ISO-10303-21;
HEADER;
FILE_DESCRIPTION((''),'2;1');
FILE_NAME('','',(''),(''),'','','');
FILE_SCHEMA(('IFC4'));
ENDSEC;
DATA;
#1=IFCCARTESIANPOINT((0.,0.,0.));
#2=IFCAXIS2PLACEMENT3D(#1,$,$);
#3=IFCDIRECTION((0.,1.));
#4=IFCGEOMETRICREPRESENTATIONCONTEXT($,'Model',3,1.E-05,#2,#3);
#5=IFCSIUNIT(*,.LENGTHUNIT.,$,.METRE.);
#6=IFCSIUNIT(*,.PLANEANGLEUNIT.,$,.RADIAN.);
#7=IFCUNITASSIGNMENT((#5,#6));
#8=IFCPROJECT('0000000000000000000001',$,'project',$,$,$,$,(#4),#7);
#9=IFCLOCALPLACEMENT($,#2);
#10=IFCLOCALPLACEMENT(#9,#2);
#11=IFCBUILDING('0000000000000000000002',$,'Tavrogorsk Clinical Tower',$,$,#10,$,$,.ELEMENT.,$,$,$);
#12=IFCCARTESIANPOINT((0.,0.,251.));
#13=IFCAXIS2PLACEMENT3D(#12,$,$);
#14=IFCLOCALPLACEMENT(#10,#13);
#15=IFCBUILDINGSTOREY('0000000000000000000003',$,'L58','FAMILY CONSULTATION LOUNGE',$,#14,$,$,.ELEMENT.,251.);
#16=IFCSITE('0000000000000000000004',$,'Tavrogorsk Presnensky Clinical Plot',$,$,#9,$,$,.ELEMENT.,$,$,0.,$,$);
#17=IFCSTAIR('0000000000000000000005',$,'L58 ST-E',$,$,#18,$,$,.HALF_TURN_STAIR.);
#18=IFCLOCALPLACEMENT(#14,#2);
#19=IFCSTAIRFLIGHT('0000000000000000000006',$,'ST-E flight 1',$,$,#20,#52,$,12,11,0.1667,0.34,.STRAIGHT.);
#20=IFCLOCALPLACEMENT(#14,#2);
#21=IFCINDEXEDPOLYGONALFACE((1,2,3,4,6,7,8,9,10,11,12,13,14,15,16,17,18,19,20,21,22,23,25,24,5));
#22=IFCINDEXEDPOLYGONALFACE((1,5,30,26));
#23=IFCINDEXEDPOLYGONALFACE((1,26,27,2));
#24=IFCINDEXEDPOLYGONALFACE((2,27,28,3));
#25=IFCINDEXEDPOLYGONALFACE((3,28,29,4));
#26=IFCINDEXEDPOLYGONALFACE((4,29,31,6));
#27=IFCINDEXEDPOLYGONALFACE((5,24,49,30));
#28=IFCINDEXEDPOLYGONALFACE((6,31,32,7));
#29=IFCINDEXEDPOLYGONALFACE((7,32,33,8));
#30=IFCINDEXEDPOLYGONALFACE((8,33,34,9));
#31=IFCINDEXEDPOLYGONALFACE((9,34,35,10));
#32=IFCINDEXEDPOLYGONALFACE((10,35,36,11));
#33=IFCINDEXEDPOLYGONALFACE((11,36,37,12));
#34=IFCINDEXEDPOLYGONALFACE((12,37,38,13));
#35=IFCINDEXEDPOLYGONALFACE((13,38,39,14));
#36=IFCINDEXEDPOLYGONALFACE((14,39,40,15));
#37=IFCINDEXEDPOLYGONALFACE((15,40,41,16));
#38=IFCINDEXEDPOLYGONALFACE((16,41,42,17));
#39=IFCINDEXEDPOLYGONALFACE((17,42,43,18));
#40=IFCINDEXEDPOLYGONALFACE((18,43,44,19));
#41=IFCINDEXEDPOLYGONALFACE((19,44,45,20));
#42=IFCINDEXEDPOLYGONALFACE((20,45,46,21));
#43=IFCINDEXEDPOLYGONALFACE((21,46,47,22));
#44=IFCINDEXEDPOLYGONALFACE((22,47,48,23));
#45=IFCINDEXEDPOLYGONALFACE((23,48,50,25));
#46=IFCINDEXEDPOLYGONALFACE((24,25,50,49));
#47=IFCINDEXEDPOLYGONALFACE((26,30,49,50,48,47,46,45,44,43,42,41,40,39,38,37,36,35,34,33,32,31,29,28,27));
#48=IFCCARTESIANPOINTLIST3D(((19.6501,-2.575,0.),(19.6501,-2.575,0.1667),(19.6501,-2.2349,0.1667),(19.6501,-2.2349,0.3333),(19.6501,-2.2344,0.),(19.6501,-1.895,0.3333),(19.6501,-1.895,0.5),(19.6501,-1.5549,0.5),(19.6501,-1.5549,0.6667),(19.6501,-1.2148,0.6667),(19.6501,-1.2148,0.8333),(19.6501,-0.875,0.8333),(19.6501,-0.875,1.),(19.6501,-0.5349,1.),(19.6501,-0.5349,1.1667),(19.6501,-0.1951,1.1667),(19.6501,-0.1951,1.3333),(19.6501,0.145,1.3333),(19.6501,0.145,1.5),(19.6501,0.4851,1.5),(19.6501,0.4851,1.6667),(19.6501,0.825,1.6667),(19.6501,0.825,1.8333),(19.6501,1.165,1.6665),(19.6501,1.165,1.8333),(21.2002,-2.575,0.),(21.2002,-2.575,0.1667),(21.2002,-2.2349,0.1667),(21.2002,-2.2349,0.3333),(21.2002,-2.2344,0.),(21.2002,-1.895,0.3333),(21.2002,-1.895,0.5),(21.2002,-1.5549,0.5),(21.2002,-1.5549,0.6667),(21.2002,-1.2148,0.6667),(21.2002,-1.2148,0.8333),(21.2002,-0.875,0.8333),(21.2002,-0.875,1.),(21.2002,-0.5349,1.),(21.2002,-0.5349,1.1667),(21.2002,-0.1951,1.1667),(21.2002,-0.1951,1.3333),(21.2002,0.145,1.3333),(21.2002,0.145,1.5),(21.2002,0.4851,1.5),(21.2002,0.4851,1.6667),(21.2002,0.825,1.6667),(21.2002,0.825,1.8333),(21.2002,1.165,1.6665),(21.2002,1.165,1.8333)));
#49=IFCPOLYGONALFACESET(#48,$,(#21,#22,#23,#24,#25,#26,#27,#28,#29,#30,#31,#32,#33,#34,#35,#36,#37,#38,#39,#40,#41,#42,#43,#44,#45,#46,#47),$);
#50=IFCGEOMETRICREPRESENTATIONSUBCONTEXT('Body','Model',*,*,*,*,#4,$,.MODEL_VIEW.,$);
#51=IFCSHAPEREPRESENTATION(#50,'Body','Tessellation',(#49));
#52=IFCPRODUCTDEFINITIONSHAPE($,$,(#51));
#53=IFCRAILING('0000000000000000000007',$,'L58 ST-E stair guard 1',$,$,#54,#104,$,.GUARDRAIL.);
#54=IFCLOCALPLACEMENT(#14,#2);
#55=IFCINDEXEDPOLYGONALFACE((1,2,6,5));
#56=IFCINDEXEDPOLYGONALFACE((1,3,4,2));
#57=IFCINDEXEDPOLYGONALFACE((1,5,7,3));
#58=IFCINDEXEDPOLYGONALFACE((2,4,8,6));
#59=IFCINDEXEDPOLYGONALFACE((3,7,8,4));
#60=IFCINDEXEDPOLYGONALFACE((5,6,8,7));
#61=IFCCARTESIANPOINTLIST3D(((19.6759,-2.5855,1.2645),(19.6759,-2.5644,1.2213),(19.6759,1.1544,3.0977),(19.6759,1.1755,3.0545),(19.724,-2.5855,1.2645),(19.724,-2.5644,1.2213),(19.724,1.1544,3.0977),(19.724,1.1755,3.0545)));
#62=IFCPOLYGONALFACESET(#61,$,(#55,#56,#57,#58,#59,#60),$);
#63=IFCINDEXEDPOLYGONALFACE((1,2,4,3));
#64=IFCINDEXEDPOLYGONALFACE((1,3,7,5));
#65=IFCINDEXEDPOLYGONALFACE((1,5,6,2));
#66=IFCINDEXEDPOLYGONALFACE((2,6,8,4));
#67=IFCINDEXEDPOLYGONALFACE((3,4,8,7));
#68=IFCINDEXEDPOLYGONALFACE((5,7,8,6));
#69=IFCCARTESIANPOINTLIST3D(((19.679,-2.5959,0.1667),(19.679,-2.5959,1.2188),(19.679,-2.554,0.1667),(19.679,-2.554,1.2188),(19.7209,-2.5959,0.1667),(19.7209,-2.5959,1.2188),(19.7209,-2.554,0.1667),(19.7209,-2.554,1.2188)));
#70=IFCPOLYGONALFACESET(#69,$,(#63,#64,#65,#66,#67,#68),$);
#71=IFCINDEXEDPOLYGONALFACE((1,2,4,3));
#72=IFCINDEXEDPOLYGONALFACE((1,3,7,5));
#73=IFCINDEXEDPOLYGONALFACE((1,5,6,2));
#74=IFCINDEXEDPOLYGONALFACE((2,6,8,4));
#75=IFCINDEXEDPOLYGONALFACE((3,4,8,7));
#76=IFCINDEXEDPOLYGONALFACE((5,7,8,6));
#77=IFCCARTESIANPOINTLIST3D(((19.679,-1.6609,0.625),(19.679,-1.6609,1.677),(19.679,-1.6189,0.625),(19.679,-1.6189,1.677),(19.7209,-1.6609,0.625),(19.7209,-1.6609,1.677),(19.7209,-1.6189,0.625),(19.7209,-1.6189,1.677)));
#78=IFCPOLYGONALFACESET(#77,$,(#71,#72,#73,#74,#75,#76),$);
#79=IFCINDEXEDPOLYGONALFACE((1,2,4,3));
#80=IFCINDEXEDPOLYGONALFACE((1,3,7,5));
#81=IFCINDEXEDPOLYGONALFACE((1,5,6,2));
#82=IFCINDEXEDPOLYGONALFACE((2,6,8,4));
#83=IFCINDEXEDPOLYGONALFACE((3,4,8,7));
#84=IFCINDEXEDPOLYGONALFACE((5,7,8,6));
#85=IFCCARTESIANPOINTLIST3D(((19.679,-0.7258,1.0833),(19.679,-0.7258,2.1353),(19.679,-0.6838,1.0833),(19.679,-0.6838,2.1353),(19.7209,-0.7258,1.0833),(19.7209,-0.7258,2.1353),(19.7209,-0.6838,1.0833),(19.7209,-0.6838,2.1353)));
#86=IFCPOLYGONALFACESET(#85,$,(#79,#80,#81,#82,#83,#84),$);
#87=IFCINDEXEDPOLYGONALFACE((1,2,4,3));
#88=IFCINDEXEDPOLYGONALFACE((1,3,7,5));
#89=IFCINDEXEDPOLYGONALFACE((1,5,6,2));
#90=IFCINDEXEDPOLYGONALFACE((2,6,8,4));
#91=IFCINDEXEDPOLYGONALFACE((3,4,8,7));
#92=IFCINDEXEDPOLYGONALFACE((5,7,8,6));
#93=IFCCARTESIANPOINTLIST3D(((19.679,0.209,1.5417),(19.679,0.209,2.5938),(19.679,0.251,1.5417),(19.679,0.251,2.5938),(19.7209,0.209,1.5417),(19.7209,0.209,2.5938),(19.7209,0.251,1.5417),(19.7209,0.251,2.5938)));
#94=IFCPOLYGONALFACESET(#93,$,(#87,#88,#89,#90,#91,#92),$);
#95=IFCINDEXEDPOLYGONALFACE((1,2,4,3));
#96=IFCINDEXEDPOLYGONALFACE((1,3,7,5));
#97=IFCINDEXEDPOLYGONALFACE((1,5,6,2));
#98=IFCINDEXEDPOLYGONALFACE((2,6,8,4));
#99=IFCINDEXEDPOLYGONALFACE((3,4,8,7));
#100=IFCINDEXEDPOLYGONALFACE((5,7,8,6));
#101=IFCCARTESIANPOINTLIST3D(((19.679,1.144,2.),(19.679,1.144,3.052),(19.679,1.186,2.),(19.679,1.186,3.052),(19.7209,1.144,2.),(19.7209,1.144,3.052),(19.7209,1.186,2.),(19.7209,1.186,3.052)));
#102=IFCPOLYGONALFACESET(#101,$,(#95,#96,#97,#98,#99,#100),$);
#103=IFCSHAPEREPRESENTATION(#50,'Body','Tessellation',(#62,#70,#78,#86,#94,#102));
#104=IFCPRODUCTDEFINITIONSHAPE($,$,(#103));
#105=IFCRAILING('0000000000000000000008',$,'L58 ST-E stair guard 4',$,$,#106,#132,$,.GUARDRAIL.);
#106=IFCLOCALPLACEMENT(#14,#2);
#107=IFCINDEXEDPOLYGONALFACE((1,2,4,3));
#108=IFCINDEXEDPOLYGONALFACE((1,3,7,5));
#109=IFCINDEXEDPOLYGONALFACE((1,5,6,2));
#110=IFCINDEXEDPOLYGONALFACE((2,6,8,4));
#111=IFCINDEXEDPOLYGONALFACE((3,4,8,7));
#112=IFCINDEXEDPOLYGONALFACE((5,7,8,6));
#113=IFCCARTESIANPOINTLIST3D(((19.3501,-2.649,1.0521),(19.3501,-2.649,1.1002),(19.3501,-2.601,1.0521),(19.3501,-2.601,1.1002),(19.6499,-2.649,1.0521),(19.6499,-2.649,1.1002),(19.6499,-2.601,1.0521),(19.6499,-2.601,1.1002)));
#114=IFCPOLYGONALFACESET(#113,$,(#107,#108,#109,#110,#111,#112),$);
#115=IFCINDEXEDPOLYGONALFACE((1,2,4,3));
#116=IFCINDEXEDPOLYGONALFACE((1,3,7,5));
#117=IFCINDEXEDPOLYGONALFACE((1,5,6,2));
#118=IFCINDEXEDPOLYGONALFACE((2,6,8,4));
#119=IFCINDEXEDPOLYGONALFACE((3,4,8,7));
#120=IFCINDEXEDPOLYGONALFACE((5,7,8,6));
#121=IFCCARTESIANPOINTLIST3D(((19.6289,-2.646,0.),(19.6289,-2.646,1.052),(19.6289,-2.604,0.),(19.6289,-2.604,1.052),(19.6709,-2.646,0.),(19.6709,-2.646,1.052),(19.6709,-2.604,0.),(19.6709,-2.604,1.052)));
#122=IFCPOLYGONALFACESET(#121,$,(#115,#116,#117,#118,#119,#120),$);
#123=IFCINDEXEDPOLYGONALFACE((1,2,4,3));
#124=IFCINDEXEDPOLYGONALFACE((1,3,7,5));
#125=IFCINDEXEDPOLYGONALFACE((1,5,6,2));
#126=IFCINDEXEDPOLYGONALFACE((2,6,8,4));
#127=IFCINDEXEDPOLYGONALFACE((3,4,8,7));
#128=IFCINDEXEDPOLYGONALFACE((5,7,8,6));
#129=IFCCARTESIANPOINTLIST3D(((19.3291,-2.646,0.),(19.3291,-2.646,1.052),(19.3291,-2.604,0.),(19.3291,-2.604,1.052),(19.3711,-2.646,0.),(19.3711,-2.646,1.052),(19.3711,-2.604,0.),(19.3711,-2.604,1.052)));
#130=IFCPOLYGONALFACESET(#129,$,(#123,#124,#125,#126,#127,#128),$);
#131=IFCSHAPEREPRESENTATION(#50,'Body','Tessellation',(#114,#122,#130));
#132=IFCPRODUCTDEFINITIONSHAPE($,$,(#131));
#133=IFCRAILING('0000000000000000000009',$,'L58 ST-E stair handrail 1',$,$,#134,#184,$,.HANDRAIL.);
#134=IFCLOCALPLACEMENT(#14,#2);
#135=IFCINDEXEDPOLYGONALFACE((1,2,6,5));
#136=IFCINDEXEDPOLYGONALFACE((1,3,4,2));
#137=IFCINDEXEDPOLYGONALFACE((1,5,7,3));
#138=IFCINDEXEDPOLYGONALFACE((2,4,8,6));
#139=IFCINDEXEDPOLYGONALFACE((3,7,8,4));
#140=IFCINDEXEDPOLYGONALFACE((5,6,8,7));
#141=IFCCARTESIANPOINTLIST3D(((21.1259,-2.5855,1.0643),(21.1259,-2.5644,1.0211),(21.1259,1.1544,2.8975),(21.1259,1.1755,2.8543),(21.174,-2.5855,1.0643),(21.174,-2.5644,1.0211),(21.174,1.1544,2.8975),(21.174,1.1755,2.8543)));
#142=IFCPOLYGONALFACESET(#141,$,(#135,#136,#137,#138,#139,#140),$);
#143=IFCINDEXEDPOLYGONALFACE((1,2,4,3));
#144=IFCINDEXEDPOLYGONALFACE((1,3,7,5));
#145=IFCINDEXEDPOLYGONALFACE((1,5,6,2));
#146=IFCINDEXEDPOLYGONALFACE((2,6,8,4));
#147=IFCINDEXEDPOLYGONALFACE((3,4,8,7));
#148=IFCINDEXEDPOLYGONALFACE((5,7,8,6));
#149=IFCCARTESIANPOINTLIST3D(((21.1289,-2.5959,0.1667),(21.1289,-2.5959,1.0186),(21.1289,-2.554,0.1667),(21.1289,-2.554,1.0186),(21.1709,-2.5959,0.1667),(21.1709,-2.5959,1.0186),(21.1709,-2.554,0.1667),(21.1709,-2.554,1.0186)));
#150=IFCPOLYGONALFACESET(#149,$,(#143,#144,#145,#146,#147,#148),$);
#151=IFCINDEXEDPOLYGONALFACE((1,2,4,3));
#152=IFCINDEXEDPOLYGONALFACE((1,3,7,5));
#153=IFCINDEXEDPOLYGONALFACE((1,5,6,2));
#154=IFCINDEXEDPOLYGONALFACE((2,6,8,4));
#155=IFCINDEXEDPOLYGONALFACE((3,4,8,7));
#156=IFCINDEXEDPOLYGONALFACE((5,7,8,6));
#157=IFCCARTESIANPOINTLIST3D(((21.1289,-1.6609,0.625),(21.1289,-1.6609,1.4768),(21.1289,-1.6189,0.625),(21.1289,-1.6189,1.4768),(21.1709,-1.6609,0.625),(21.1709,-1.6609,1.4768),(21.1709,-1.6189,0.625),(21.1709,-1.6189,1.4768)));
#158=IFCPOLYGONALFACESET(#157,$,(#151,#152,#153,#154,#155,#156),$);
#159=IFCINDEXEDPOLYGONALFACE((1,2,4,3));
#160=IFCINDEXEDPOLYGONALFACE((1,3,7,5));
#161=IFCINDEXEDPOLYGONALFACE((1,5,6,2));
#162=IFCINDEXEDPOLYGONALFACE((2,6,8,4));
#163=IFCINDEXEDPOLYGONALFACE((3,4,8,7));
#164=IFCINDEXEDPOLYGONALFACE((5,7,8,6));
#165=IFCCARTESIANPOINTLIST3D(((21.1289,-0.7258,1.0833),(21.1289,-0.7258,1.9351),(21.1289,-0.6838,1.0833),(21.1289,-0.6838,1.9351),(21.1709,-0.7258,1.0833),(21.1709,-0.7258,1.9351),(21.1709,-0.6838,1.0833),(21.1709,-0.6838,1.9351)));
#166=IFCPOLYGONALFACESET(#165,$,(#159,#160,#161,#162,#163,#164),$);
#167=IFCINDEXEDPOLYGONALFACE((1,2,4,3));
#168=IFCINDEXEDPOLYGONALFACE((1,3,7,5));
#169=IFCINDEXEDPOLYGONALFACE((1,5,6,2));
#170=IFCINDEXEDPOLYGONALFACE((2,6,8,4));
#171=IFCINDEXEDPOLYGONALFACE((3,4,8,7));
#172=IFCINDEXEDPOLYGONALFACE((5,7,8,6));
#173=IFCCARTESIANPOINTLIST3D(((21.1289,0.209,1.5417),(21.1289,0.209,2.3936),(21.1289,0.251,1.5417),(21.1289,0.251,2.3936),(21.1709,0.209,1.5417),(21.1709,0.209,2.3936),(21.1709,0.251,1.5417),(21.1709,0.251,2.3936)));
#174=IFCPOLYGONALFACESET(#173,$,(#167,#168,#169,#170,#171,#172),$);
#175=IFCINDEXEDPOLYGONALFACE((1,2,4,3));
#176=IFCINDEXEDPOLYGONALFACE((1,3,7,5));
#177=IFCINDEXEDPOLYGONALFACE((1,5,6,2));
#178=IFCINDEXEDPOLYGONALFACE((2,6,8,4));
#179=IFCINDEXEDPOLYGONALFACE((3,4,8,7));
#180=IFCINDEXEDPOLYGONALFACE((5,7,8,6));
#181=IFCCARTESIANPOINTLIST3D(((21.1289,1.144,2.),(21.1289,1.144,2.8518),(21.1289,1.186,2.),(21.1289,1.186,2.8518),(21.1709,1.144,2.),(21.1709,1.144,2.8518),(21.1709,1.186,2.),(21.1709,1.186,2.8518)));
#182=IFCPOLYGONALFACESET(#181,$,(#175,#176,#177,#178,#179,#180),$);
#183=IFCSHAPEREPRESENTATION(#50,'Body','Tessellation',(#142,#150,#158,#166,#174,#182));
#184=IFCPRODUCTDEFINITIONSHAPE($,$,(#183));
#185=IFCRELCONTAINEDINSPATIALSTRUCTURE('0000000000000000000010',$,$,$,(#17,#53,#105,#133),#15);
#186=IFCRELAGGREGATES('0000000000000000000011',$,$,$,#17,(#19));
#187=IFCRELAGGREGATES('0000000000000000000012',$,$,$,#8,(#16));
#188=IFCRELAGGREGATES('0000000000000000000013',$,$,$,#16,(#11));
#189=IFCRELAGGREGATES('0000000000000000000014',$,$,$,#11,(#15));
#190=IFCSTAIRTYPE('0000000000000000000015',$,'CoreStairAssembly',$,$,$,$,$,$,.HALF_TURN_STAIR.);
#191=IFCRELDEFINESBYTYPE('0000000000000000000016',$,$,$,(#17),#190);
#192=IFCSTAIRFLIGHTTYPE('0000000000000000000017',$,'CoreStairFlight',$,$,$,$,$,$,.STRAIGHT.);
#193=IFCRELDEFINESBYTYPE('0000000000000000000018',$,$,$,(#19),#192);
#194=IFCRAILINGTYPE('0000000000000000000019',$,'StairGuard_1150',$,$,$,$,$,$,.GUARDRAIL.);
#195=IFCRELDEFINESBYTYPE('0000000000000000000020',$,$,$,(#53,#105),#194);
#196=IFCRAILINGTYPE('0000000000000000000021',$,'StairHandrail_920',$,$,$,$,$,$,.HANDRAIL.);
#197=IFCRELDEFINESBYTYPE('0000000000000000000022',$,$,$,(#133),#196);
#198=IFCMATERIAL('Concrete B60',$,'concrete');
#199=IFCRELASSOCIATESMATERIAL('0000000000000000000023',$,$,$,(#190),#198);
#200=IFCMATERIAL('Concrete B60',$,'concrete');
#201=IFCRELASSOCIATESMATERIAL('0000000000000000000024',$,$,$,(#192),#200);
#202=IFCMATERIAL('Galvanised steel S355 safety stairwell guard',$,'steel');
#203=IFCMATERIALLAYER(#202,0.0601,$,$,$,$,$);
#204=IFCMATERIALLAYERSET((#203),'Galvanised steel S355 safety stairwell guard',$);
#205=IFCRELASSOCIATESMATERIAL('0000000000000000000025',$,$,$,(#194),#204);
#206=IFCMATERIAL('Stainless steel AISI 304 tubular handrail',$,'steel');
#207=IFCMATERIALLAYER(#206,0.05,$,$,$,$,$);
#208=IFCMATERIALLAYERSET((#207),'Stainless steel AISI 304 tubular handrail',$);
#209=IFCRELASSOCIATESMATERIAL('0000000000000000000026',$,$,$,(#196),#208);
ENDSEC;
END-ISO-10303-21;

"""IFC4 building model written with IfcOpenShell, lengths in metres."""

from ifc_helpers import new_model, si_unit, direction, frame, origin, origin_2d, place, context, subcontext, project, spatial, polyline, rectangle, outline, extrude, material, layer, layer_set, type_object, element, aggregate, save


model = new_model("IFC4")

# Units and contexts
model_context = context("Model", 3, precision=1e-05, world=origin(), true_north=direction((0.0, 1.0)))
body_context = subcontext(model_context, "Body", "Model", "MODEL_VIEW")
ifc_project = project(units=[si_unit("LENGTHUNIT", "METRE"), si_unit("PLANEANGLEUNIT", "RADIAN")], contexts=[model_context])

# Site, building, storey
site_placement = place(None, origin())
site = spatial("IfcSite", under=ifc_project, at=site_placement, Name="Tavrogorsk Presnensky Clinical Plot", CompositionType="ELEMENT", RefElevation=0.0)
building_placement = place(site_placement, origin())
building = spatial("IfcBuilding", under=site, at=building_placement, Name="Tavrogorsk Clinical Tower", CompositionType="ELEMENT")
storey_placement = place(building_placement, frame((0.0, 0.0, 251.0)))
storey = spatial("IfcBuildingStorey", under=building, at=storey_placement, Name="L58", Description="FAMILY CONSULTATION LOUNGE", CompositionType="ELEMENT", Elevation=251.0)

# Stair, stair flight
ifc_material_1 = material(Name="Concrete B60", Category="concrete")
stair_type = type_object("IfcStairType", Name="CoreStairAssembly", PredefinedType="HALF_TURN_STAIR", material=ifc_material_1)
stair_placement = place(storey_placement, origin())
stair = element("IfcStair", 1, at=stair_placement, inside=storey, type_object=stair_type, Name="L58 ST-E", PredefinedType="HALF_TURN_STAIR")
ifc_material_2 = material(Name="Concrete B60", Category="concrete")
stair_flight_type = type_object("IfcStairFlightType", Name="CoreStairFlight", PredefinedType="STRAIGHT", material=ifc_material_2)
stair_flight_placement = place(storey_placement, frame((20.425, -2.575, 0.0), z_axis=(0.0, 0.0, 1.0), x_axis=(0.0, 1.0, 0.0)))
stair_flight = element("IfcStairFlight", 2, at=stair_flight_placement, type_object=stair_flight_type, Name="ST-E flight 1", NumberOfRisers=12, NumberOfTreads=11, PredefinedType="STRAIGHT", RiserHeight=0.1667, TreadLength=0.34, context=body_context, shape_type="SweptSolid", body=[
    extrude(outline(polyline([(0.0, 0.0), (0.0, 0.1667), (0.3401, 0.1667), (0.3401, 0.3333), (0.6799, 0.3333), (0.6799, 0.5), (1.02, 0.5), (1.02, 0.6667), (1.3601, 0.6667), (1.3601, 0.8333), (1.7, 0.8333), (1.7, 1.0), (2.04, 1.0), (2.04, 1.1667), (2.3799, 1.1667), (2.3799, 1.3333), (2.72, 1.3333), (2.72, 1.5), (3.0601, 1.5), (3.0601, 1.6667), (3.3999, 1.6667), (3.3999, 1.8333), (3.74, 1.8333), (3.74, 2.0), (3.74, 1.6665), (0.3406, 0.0), (0.0, 0.0)])), frame((0.0, 0.7749, 0.0), z_axis=(0.0, -1.0, 0.0), x_axis=(1.0, 0.0, 0.0)), (0.0, 0.0, 1.0), 1.55),
])
aggregate(stair, [stair_flight])

# Railings
ifc_material_3 = material(Name="Galvanised steel S355 safety stairwell guard", Category="steel")
ifc_layer_1 = layer(ifc_material_3, 0.0601)
ifc_layer_set_1 = layer_set([ifc_layer_1], Name="Galvanised steel S355 safety stairwell guard")
railing_type_1 = type_object("IfcRailingType", Name="StairGuard_1150", PredefinedType="GUARDRAIL", material=ifc_layer_set_1)
railing_1_placement = place(storey_placement, frame((19.7, -2.575, 0.1667)))
element("IfcRailing", 3, at=railing_1_placement, inside=storey, type_object=railing_type_1, Name="L58 ST-E stair guard 1", PredefinedType="GUARDRAIL", context=body_context, shape_type="SweptSolid", body=[
    extrude(rectangle(XDim=0.0481, YDim=0.0481, at=origin_2d()), frame((0.0, 0.0, 1.0762), z_axis=(0.0, 0.897928, 0.440142), x_axis=(-1.0, 0.0, 0.0)), (0.0, 0.0, 1.0), 4.165),
    extrude(rectangle(XDim=0.042, YDim=0.042, at=origin_2d()), origin(), (0.0, 0.0, 1.0), 1.052),
    extrude(rectangle(XDim=0.042, YDim=0.042, at=origin_2d()), frame((0.0, 0.9351, 0.4583)), (0.0, 0.0, 1.0), 1.052),
    extrude(rectangle(XDim=0.042, YDim=0.042, at=origin_2d()), frame((0.0, 1.8701, 0.9165)), (0.0, 0.0, 1.0), 1.052),
    extrude(rectangle(XDim=0.042, YDim=0.042, at=origin_2d()), frame((0.0, 2.8049, 1.375)), (0.0, 0.0, 1.0), 1.052),
    extrude(rectangle(XDim=0.042, YDim=0.042, at=origin_2d()), frame((0.0, 3.74, 1.8333)), (0.0, 0.0, 1.0), 1.052),
])
railing_2_placement = place(storey_placement, frame((19.6499, -2.625, 0.0)))
element("IfcRailing", 4, at=railing_2_placement, inside=storey, type_object=railing_type_1, Name="L58 ST-E stair guard 4", PredefinedType="GUARDRAIL", context=body_context, shape_type="SweptSolid", body=[
    extrude(rectangle(XDim=0.0481, YDim=0.0481, at=origin_2d()), frame((0.0, 0.0, 1.0762), z_axis=(-1.0, 0.0, 0.0), x_axis=(0.0, -1.0, 0.0)), (0.0, 0.0, 1.0), 0.2998),
    extrude(rectangle(XDim=0.042, YDim=0.042, at=origin_2d()), origin(), (0.0, 0.0, 1.0), 1.052),
    extrude(rectangle(XDim=0.042, YDim=0.042, at=origin_2d()), frame((-0.2998, 0.0, 0.0)), (0.0, 0.0, 1.0), 1.052),
])
ifc_material_4 = material(Name="Stainless steel AISI 304 tubular handrail", Category="steel")
ifc_layer_2 = layer(ifc_material_4, 0.05)
ifc_layer_set_2 = layer_set([ifc_layer_2], Name="Stainless steel AISI 304 tubular handrail")
railing_type_2 = type_object("IfcRailingType", Name="StairHandrail_920", PredefinedType="HANDRAIL", material=ifc_layer_set_2)
railing_3_placement = place(storey_placement, frame((21.1499, -2.575, 0.1667)))
element("IfcRailing", 5, at=railing_3_placement, inside=storey, type_object=railing_type_2, Name="L58 ST-E stair handrail 1", PredefinedType="HANDRAIL", context=body_context, shape_type="SweptSolid", body=[
    extrude(rectangle(XDim=0.0481, YDim=0.0481, at=origin_2d()), frame((0.0, 0.0, 0.876), z_axis=(0.0, 0.897928, 0.440142), x_axis=(-1.0, 0.0, 0.0)), (0.0, 0.0, 1.0), 4.165),
    extrude(rectangle(XDim=0.042, YDim=0.042, at=origin_2d()), origin(), (0.0, 0.0, 1.0), 0.8518),
    extrude(rectangle(XDim=0.042, YDim=0.042, at=origin_2d()), frame((0.0, 0.9351, 0.4583)), (0.0, 0.0, 1.0), 0.8518),
    extrude(rectangle(XDim=0.042, YDim=0.042, at=origin_2d()), frame((0.0, 1.8701, 0.9165)), (0.0, 0.0, 1.0), 0.8518),
    extrude(rectangle(XDim=0.042, YDim=0.042, at=origin_2d()), frame((0.0, 2.8049, 1.375)), (0.0, 0.0, 1.0), 0.8518),
    extrude(rectangle(XDim=0.042, YDim=0.042, at=origin_2d()), frame((0.0, 3.74, 1.8333)), (0.0, 0.0, 1.0), 0.8518),
])

save(model, "model.ifc")
